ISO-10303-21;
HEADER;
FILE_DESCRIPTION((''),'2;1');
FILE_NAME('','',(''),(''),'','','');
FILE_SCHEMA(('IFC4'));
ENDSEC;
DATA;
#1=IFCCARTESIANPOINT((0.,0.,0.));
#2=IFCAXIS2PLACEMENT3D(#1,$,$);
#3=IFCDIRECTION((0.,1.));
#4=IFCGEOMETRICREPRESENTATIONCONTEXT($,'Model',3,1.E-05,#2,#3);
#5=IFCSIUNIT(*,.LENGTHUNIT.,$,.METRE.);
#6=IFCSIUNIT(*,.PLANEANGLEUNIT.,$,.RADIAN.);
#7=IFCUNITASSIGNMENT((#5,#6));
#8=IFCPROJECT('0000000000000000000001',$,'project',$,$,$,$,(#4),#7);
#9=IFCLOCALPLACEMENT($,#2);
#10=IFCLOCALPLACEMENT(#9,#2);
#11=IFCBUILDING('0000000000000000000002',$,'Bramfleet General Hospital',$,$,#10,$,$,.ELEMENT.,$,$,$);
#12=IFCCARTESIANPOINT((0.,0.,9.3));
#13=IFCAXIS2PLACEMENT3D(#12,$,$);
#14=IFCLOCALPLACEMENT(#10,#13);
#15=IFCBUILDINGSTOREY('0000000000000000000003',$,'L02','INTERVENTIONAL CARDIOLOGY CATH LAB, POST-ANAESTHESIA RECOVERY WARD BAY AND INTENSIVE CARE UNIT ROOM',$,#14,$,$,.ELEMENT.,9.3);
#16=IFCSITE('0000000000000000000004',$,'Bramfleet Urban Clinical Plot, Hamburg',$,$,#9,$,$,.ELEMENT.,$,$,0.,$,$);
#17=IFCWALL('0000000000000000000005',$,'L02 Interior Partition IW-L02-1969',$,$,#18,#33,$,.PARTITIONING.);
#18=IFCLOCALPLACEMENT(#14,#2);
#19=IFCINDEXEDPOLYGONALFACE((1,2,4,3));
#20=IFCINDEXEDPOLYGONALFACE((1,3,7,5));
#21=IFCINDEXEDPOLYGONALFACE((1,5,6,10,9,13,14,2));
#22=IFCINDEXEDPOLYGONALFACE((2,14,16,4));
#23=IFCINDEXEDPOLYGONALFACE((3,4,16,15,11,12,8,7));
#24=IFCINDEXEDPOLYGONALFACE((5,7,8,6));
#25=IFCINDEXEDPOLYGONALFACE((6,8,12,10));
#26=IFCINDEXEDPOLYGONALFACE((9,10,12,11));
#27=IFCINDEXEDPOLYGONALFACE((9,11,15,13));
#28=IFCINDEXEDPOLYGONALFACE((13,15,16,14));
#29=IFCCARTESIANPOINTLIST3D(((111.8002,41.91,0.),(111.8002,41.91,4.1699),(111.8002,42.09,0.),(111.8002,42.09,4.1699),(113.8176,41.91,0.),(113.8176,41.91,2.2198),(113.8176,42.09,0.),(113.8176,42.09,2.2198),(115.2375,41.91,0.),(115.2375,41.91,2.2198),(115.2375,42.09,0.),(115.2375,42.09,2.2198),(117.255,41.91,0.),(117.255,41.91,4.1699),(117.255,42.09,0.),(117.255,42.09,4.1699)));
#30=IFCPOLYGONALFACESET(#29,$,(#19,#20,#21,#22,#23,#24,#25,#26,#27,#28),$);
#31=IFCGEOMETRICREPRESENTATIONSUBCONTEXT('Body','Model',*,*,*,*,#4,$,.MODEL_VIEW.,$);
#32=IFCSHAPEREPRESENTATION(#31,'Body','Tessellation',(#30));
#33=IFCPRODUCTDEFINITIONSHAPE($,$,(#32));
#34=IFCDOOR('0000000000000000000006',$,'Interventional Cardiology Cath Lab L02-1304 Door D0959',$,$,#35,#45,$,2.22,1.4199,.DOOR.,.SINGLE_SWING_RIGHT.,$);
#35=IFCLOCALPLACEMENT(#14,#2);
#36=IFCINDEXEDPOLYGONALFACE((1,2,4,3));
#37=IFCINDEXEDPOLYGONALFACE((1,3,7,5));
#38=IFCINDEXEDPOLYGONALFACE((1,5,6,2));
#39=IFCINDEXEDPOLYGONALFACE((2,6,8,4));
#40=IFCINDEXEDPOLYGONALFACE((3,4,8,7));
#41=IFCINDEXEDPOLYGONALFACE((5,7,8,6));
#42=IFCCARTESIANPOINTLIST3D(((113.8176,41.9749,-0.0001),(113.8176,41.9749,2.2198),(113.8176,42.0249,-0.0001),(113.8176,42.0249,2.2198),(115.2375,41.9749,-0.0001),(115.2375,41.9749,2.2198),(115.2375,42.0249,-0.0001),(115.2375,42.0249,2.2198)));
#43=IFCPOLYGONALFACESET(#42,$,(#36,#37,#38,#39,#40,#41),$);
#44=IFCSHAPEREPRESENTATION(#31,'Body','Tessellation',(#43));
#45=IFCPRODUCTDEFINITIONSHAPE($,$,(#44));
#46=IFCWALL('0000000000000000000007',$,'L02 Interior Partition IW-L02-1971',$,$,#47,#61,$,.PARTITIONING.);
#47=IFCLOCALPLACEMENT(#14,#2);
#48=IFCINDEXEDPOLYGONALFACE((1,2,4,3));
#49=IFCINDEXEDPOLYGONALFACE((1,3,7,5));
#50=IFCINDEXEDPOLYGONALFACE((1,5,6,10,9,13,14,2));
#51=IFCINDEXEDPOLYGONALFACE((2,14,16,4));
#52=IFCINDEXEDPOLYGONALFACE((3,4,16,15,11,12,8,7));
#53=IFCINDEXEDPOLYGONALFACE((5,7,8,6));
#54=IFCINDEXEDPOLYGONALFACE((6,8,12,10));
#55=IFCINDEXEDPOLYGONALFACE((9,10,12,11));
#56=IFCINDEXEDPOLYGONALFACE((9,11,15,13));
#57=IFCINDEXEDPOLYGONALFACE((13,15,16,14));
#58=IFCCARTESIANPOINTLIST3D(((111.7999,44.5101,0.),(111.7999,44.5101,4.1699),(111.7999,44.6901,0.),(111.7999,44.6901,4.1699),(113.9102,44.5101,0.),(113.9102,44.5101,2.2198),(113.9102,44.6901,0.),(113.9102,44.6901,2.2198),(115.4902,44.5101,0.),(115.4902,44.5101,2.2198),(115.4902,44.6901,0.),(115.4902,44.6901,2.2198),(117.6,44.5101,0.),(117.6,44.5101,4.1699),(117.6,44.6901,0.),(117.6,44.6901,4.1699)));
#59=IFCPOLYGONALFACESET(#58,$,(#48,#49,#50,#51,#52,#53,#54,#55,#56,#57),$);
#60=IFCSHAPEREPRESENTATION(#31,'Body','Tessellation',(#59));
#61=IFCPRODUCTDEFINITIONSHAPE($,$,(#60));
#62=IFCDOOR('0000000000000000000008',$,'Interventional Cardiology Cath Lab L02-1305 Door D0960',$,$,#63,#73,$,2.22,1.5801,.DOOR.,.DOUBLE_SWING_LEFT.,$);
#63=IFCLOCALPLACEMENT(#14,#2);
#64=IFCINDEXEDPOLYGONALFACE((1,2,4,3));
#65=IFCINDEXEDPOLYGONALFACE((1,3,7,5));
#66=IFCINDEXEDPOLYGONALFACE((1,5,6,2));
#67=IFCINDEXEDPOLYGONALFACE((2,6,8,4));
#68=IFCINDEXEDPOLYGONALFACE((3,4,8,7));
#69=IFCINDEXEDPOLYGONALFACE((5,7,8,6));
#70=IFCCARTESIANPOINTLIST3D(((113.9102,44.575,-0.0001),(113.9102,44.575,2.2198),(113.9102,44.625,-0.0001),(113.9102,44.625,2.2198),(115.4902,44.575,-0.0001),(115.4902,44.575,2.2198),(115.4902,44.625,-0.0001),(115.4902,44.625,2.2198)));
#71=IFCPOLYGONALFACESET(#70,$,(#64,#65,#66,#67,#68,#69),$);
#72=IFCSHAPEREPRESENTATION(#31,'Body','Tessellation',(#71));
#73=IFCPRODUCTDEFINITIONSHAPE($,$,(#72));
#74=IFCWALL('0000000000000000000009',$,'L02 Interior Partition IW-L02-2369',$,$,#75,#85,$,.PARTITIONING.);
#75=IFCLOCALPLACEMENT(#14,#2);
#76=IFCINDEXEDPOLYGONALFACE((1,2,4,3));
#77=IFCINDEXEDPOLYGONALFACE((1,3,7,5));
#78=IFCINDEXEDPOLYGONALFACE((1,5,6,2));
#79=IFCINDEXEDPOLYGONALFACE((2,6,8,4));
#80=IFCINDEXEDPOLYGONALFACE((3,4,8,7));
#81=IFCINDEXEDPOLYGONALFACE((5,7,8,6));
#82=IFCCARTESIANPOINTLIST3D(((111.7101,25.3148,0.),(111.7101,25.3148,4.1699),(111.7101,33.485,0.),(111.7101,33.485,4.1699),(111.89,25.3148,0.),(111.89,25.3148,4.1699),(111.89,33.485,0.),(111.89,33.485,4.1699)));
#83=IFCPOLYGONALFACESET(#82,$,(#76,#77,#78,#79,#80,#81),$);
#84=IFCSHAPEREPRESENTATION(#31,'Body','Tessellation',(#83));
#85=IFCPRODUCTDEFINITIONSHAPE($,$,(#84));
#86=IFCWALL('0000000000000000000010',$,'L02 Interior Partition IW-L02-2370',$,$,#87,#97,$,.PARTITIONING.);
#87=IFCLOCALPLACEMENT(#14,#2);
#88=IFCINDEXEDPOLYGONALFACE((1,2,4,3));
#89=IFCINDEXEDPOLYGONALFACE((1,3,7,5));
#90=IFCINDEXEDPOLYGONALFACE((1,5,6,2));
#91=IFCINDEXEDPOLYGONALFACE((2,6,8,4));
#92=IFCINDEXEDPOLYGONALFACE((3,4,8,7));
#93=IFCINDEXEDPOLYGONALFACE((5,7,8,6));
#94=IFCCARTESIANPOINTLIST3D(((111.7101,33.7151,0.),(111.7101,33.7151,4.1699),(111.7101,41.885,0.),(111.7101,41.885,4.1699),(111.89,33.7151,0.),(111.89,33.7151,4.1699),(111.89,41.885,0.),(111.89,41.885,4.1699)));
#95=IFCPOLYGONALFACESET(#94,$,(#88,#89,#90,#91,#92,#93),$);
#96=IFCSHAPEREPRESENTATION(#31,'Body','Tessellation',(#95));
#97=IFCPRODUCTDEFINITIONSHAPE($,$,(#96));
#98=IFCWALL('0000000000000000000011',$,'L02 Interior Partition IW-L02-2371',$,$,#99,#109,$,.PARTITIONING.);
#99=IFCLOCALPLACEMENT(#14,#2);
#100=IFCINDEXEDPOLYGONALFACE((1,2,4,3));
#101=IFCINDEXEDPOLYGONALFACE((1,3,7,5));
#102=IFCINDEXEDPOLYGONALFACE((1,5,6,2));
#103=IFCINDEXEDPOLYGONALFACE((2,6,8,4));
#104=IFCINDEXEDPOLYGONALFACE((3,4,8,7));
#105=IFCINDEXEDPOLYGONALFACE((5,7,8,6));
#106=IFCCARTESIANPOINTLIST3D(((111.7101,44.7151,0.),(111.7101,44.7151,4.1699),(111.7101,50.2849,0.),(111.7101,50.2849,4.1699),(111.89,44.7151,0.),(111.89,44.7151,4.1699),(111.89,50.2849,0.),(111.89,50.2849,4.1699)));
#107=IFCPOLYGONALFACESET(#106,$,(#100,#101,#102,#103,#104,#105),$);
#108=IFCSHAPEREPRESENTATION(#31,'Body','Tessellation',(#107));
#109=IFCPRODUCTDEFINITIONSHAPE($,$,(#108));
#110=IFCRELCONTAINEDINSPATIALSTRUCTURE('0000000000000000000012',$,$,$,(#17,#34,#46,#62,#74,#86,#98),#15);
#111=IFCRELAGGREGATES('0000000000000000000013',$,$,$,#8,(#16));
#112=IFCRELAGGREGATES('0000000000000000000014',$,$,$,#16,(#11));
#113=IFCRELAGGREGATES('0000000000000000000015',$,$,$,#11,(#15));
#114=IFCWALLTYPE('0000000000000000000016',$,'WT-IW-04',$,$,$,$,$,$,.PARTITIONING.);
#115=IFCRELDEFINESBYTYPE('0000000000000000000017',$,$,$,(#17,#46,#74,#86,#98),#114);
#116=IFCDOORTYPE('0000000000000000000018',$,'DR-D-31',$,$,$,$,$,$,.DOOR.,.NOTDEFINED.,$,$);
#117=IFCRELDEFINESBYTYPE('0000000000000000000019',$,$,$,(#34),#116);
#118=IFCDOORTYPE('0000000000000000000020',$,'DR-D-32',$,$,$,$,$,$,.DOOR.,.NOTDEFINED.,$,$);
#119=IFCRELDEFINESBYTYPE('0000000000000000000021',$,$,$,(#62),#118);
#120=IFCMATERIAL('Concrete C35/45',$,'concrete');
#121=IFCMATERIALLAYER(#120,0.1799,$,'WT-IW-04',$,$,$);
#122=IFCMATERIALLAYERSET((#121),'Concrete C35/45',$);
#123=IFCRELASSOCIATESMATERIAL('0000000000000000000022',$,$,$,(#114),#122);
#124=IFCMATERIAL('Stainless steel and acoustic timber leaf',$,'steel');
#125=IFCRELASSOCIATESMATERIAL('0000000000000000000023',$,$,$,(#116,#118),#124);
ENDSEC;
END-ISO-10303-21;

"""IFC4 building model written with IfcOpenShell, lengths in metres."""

from ifc_helpers import new_model, si_unit, direction, frame, frame_2d, origin, place, context, subcontext, project, spatial, rectangle, extrude, material, layer, layer_set, type_object, element, fill, save


model = new_model("IFC4")

# Units and contexts
model_context = context("Model", 3, precision=1e-05, world=origin(), true_north=direction((0.0, 1.0)))
body_context = subcontext(model_context, "Body", "Model", "MODEL_VIEW")
ifc_project = project(units=[si_unit("LENGTHUNIT", "METRE"), si_unit("PLANEANGLEUNIT", "RADIAN")], contexts=[model_context])

# Site, building, storey
site_placement = place(None, origin())
site = spatial("IfcSite", under=ifc_project, at=site_placement, Name="Bramfleet Urban Clinical Plot, Hamburg", CompositionType="ELEMENT", RefElevation=0.0)
building_placement = place(site_placement, origin())
building = spatial("IfcBuilding", under=site, at=building_placement, Name="Bramfleet General Hospital", CompositionType="ELEMENT")
storey_placement = place(building_placement, frame((0.0, 0.0, 9.3)))
storey = spatial("IfcBuildingStorey", under=building, at=storey_placement, Name="L02", Description="INTERVENTIONAL CARDIOLOGY CATH LAB, POST-ANAESTHESIA RECOVERY WARD BAY AND INTENSIVE CARE UNIT ROOM", CompositionType="ELEMENT", Elevation=9.3)

# Shared definitions
ifc_material_1 = material(Name="Concrete C35/45", Category="concrete")

# Shared definitions
ifc_layer_1 = layer(ifc_material_1, 0.1799, Name="WT-IW-04")
ifc_layer_set_1 = layer_set([ifc_layer_1], Name="Concrete C35/45")
wall_type = type_object("IfcWallType", Name="WT-IW-04", PredefinedType="PARTITIONING", material=ifc_layer_set_1)
ifc_material_2 = material(Name="Stainless steel and acoustic timber leaf", Category="steel")

# Walls, openings, doors
wall_1_placement = place(storey_placement, frame((111.8, 42.0, 0.0), z_axis=(0.0, 0.0, 1.0), x_axis=(1.0, 0.0, 0.0)))
wall_1 = element("IfcWall", 1, at=wall_1_placement, inside=storey, type_object=wall_type, Name="L02 Interior Partition IW-L02-1969", PredefinedType="PARTITIONING", context=body_context, shape_type="SweptSolid", body=[
    extrude(rectangle(XDim=5.4548, YDim=0.1799, at=frame_2d((2.7275, 0.0))), origin(), (0.0, 0.0, 1.0), 4.1699),
])
opening_1_placement = place(wall_1_placement, frame((2.0176, 0.0, 0.0)))
opening_1 = element("IfcOpeningElement", 2, at=opening_1_placement, cuts=wall_1, PredefinedType="OPENING", context=body_context, shape_type="SweptSolid", body=[
    extrude(rectangle(XDim=1.4199, YDim=2.22, at=frame_2d((0.71, 1.1099))), frame((0.0, 0.0999, 0.0), z_axis=(0.0, -1.0, 0.0), x_axis=(1.0, 0.0, 0.0)), (0.0, 0.0, 1.0), 0.2),
])
door_type_1 = type_object("IfcDoorType", Name="DR-D-31", OperationType="NOTDEFINED", PredefinedType="DOOR", material=ifc_material_2)
door_1_placement = place(opening_1_placement, origin())
door_1 = element("IfcDoor", 3, at=door_1_placement, inside=storey, type_object=door_type_1, Name="Interventional Cardiology Cath Lab L02-1304 Door D0959", OperationType="SINGLE_SWING_RIGHT", OverallHeight=2.22, OverallWidth=1.4199, PredefinedType="DOOR", context=body_context, shape_type="SweptSolid", body=[
    extrude(rectangle(XDim=1.4199, YDim=2.22, at=frame_2d((0.71, 1.1099))), frame((0.0, 0.0249, 0.0), z_axis=(0.0, -1.0, 0.0), x_axis=(1.0, 0.0, 0.0)), (0.0, 0.0, 1.0), 0.05),
])
fill(opening_1, door_1)
wall_2_placement = place(storey_placement, frame((111.8, 44.6001, 0.0), z_axis=(0.0, 0.0, 1.0), x_axis=(1.0, 0.0, 0.0)))
wall_2 = element("IfcWall", 4, at=wall_2_placement, inside=storey, type_object=wall_type, Name="L02 Interior Partition IW-L02-1971", PredefinedType="PARTITIONING", context=body_context, shape_type="SweptSolid", body=[
    extrude(rectangle(XDim=5.8, YDim=0.1799, at=frame_2d((2.8999, 0.0))), origin(), (0.0, 0.0, 1.0), 4.1699),
])
opening_2_placement = place(wall_2_placement, frame((2.1101, 0.0, 0.0)))
opening_2 = element("IfcOpeningElement", 5, at=opening_2_placement, cuts=wall_2, PredefinedType="OPENING", context=body_context, shape_type="SweptSolid", body=[
    extrude(rectangle(XDim=1.5801, YDim=2.22, at=frame_2d((0.79, 1.1099))), frame((0.0, 0.0999, 0.0), z_axis=(0.0, -1.0, 0.0), x_axis=(1.0, 0.0, 0.0)), (0.0, 0.0, 1.0), 0.2),
])
door_type_2 = type_object("IfcDoorType", Name="DR-D-32", OperationType="NOTDEFINED", PredefinedType="DOOR", material=ifc_material_2)
door_2_placement = place(opening_2_placement, origin())
door_2 = element("IfcDoor", 6, at=door_2_placement, inside=storey, type_object=door_type_2, Name="Interventional Cardiology Cath Lab L02-1305 Door D0960", OperationType="DOUBLE_SWING_LEFT", OverallHeight=2.22, OverallWidth=1.5801, PredefinedType="DOOR", context=body_context, shape_type="SweptSolid", body=[
    extrude(rectangle(XDim=1.5801, YDim=2.22, at=frame_2d((0.79, 1.1099))), frame((0.0, 0.0249, 0.0), z_axis=(0.0, -1.0, 0.0), x_axis=(1.0, 0.0, 0.0)), (0.0, 0.0, 1.0), 0.05),
])
fill(opening_2, door_2)

# Walls
wall_3_placement = place(storey_placement, frame((111.8, 25.3149, 0.0), z_axis=(0.0, 0.0, 1.0), x_axis=(0.0, 1.0, 0.0)))
element("IfcWall", 7, at=wall_3_placement, inside=storey, type_object=wall_type, Name="L02 Interior Partition IW-L02-2369", PredefinedType="PARTITIONING", context=body_context, shape_type="SweptSolid", body=[
    extrude(rectangle(XDim=8.1702, YDim=0.1799, at=frame_2d((4.085, 0.0))), origin(), (0.0, 0.0, 1.0), 4.1699),
])
wall_4_placement = place(storey_placement, frame((111.8, 33.7151, 0.0), z_axis=(0.0, 0.0, 1.0), x_axis=(0.0, 1.0, 0.0)))
element("IfcWall", 8, at=wall_4_placement, inside=storey, type_object=wall_type, Name="L02 Interior Partition IW-L02-2370", PredefinedType="PARTITIONING", context=body_context, shape_type="SweptSolid", body=[
    extrude(rectangle(XDim=8.1699, YDim=0.1799, at=frame_2d((4.085, 0.0))), origin(), (0.0, 0.0, 1.0), 4.1699),
])
wall_5_placement = place(storey_placement, frame((111.8, 44.7151, 0.0), z_axis=(0.0, 0.0, 1.0), x_axis=(0.0, 1.0, 0.0)))
element("IfcWall", 9, at=wall_5_placement, inside=storey, type_object=wall_type, Name="L02 Interior Partition IW-L02-2371", PredefinedType="PARTITIONING", context=body_context, shape_type="SweptSolid", body=[
    extrude(rectangle(XDim=5.5698, YDim=0.1799, at=frame_2d((2.7849, 0.0))), origin(), (0.0, 0.0, 1.0), 4.1699),
])

save(model, "model.ifc")
